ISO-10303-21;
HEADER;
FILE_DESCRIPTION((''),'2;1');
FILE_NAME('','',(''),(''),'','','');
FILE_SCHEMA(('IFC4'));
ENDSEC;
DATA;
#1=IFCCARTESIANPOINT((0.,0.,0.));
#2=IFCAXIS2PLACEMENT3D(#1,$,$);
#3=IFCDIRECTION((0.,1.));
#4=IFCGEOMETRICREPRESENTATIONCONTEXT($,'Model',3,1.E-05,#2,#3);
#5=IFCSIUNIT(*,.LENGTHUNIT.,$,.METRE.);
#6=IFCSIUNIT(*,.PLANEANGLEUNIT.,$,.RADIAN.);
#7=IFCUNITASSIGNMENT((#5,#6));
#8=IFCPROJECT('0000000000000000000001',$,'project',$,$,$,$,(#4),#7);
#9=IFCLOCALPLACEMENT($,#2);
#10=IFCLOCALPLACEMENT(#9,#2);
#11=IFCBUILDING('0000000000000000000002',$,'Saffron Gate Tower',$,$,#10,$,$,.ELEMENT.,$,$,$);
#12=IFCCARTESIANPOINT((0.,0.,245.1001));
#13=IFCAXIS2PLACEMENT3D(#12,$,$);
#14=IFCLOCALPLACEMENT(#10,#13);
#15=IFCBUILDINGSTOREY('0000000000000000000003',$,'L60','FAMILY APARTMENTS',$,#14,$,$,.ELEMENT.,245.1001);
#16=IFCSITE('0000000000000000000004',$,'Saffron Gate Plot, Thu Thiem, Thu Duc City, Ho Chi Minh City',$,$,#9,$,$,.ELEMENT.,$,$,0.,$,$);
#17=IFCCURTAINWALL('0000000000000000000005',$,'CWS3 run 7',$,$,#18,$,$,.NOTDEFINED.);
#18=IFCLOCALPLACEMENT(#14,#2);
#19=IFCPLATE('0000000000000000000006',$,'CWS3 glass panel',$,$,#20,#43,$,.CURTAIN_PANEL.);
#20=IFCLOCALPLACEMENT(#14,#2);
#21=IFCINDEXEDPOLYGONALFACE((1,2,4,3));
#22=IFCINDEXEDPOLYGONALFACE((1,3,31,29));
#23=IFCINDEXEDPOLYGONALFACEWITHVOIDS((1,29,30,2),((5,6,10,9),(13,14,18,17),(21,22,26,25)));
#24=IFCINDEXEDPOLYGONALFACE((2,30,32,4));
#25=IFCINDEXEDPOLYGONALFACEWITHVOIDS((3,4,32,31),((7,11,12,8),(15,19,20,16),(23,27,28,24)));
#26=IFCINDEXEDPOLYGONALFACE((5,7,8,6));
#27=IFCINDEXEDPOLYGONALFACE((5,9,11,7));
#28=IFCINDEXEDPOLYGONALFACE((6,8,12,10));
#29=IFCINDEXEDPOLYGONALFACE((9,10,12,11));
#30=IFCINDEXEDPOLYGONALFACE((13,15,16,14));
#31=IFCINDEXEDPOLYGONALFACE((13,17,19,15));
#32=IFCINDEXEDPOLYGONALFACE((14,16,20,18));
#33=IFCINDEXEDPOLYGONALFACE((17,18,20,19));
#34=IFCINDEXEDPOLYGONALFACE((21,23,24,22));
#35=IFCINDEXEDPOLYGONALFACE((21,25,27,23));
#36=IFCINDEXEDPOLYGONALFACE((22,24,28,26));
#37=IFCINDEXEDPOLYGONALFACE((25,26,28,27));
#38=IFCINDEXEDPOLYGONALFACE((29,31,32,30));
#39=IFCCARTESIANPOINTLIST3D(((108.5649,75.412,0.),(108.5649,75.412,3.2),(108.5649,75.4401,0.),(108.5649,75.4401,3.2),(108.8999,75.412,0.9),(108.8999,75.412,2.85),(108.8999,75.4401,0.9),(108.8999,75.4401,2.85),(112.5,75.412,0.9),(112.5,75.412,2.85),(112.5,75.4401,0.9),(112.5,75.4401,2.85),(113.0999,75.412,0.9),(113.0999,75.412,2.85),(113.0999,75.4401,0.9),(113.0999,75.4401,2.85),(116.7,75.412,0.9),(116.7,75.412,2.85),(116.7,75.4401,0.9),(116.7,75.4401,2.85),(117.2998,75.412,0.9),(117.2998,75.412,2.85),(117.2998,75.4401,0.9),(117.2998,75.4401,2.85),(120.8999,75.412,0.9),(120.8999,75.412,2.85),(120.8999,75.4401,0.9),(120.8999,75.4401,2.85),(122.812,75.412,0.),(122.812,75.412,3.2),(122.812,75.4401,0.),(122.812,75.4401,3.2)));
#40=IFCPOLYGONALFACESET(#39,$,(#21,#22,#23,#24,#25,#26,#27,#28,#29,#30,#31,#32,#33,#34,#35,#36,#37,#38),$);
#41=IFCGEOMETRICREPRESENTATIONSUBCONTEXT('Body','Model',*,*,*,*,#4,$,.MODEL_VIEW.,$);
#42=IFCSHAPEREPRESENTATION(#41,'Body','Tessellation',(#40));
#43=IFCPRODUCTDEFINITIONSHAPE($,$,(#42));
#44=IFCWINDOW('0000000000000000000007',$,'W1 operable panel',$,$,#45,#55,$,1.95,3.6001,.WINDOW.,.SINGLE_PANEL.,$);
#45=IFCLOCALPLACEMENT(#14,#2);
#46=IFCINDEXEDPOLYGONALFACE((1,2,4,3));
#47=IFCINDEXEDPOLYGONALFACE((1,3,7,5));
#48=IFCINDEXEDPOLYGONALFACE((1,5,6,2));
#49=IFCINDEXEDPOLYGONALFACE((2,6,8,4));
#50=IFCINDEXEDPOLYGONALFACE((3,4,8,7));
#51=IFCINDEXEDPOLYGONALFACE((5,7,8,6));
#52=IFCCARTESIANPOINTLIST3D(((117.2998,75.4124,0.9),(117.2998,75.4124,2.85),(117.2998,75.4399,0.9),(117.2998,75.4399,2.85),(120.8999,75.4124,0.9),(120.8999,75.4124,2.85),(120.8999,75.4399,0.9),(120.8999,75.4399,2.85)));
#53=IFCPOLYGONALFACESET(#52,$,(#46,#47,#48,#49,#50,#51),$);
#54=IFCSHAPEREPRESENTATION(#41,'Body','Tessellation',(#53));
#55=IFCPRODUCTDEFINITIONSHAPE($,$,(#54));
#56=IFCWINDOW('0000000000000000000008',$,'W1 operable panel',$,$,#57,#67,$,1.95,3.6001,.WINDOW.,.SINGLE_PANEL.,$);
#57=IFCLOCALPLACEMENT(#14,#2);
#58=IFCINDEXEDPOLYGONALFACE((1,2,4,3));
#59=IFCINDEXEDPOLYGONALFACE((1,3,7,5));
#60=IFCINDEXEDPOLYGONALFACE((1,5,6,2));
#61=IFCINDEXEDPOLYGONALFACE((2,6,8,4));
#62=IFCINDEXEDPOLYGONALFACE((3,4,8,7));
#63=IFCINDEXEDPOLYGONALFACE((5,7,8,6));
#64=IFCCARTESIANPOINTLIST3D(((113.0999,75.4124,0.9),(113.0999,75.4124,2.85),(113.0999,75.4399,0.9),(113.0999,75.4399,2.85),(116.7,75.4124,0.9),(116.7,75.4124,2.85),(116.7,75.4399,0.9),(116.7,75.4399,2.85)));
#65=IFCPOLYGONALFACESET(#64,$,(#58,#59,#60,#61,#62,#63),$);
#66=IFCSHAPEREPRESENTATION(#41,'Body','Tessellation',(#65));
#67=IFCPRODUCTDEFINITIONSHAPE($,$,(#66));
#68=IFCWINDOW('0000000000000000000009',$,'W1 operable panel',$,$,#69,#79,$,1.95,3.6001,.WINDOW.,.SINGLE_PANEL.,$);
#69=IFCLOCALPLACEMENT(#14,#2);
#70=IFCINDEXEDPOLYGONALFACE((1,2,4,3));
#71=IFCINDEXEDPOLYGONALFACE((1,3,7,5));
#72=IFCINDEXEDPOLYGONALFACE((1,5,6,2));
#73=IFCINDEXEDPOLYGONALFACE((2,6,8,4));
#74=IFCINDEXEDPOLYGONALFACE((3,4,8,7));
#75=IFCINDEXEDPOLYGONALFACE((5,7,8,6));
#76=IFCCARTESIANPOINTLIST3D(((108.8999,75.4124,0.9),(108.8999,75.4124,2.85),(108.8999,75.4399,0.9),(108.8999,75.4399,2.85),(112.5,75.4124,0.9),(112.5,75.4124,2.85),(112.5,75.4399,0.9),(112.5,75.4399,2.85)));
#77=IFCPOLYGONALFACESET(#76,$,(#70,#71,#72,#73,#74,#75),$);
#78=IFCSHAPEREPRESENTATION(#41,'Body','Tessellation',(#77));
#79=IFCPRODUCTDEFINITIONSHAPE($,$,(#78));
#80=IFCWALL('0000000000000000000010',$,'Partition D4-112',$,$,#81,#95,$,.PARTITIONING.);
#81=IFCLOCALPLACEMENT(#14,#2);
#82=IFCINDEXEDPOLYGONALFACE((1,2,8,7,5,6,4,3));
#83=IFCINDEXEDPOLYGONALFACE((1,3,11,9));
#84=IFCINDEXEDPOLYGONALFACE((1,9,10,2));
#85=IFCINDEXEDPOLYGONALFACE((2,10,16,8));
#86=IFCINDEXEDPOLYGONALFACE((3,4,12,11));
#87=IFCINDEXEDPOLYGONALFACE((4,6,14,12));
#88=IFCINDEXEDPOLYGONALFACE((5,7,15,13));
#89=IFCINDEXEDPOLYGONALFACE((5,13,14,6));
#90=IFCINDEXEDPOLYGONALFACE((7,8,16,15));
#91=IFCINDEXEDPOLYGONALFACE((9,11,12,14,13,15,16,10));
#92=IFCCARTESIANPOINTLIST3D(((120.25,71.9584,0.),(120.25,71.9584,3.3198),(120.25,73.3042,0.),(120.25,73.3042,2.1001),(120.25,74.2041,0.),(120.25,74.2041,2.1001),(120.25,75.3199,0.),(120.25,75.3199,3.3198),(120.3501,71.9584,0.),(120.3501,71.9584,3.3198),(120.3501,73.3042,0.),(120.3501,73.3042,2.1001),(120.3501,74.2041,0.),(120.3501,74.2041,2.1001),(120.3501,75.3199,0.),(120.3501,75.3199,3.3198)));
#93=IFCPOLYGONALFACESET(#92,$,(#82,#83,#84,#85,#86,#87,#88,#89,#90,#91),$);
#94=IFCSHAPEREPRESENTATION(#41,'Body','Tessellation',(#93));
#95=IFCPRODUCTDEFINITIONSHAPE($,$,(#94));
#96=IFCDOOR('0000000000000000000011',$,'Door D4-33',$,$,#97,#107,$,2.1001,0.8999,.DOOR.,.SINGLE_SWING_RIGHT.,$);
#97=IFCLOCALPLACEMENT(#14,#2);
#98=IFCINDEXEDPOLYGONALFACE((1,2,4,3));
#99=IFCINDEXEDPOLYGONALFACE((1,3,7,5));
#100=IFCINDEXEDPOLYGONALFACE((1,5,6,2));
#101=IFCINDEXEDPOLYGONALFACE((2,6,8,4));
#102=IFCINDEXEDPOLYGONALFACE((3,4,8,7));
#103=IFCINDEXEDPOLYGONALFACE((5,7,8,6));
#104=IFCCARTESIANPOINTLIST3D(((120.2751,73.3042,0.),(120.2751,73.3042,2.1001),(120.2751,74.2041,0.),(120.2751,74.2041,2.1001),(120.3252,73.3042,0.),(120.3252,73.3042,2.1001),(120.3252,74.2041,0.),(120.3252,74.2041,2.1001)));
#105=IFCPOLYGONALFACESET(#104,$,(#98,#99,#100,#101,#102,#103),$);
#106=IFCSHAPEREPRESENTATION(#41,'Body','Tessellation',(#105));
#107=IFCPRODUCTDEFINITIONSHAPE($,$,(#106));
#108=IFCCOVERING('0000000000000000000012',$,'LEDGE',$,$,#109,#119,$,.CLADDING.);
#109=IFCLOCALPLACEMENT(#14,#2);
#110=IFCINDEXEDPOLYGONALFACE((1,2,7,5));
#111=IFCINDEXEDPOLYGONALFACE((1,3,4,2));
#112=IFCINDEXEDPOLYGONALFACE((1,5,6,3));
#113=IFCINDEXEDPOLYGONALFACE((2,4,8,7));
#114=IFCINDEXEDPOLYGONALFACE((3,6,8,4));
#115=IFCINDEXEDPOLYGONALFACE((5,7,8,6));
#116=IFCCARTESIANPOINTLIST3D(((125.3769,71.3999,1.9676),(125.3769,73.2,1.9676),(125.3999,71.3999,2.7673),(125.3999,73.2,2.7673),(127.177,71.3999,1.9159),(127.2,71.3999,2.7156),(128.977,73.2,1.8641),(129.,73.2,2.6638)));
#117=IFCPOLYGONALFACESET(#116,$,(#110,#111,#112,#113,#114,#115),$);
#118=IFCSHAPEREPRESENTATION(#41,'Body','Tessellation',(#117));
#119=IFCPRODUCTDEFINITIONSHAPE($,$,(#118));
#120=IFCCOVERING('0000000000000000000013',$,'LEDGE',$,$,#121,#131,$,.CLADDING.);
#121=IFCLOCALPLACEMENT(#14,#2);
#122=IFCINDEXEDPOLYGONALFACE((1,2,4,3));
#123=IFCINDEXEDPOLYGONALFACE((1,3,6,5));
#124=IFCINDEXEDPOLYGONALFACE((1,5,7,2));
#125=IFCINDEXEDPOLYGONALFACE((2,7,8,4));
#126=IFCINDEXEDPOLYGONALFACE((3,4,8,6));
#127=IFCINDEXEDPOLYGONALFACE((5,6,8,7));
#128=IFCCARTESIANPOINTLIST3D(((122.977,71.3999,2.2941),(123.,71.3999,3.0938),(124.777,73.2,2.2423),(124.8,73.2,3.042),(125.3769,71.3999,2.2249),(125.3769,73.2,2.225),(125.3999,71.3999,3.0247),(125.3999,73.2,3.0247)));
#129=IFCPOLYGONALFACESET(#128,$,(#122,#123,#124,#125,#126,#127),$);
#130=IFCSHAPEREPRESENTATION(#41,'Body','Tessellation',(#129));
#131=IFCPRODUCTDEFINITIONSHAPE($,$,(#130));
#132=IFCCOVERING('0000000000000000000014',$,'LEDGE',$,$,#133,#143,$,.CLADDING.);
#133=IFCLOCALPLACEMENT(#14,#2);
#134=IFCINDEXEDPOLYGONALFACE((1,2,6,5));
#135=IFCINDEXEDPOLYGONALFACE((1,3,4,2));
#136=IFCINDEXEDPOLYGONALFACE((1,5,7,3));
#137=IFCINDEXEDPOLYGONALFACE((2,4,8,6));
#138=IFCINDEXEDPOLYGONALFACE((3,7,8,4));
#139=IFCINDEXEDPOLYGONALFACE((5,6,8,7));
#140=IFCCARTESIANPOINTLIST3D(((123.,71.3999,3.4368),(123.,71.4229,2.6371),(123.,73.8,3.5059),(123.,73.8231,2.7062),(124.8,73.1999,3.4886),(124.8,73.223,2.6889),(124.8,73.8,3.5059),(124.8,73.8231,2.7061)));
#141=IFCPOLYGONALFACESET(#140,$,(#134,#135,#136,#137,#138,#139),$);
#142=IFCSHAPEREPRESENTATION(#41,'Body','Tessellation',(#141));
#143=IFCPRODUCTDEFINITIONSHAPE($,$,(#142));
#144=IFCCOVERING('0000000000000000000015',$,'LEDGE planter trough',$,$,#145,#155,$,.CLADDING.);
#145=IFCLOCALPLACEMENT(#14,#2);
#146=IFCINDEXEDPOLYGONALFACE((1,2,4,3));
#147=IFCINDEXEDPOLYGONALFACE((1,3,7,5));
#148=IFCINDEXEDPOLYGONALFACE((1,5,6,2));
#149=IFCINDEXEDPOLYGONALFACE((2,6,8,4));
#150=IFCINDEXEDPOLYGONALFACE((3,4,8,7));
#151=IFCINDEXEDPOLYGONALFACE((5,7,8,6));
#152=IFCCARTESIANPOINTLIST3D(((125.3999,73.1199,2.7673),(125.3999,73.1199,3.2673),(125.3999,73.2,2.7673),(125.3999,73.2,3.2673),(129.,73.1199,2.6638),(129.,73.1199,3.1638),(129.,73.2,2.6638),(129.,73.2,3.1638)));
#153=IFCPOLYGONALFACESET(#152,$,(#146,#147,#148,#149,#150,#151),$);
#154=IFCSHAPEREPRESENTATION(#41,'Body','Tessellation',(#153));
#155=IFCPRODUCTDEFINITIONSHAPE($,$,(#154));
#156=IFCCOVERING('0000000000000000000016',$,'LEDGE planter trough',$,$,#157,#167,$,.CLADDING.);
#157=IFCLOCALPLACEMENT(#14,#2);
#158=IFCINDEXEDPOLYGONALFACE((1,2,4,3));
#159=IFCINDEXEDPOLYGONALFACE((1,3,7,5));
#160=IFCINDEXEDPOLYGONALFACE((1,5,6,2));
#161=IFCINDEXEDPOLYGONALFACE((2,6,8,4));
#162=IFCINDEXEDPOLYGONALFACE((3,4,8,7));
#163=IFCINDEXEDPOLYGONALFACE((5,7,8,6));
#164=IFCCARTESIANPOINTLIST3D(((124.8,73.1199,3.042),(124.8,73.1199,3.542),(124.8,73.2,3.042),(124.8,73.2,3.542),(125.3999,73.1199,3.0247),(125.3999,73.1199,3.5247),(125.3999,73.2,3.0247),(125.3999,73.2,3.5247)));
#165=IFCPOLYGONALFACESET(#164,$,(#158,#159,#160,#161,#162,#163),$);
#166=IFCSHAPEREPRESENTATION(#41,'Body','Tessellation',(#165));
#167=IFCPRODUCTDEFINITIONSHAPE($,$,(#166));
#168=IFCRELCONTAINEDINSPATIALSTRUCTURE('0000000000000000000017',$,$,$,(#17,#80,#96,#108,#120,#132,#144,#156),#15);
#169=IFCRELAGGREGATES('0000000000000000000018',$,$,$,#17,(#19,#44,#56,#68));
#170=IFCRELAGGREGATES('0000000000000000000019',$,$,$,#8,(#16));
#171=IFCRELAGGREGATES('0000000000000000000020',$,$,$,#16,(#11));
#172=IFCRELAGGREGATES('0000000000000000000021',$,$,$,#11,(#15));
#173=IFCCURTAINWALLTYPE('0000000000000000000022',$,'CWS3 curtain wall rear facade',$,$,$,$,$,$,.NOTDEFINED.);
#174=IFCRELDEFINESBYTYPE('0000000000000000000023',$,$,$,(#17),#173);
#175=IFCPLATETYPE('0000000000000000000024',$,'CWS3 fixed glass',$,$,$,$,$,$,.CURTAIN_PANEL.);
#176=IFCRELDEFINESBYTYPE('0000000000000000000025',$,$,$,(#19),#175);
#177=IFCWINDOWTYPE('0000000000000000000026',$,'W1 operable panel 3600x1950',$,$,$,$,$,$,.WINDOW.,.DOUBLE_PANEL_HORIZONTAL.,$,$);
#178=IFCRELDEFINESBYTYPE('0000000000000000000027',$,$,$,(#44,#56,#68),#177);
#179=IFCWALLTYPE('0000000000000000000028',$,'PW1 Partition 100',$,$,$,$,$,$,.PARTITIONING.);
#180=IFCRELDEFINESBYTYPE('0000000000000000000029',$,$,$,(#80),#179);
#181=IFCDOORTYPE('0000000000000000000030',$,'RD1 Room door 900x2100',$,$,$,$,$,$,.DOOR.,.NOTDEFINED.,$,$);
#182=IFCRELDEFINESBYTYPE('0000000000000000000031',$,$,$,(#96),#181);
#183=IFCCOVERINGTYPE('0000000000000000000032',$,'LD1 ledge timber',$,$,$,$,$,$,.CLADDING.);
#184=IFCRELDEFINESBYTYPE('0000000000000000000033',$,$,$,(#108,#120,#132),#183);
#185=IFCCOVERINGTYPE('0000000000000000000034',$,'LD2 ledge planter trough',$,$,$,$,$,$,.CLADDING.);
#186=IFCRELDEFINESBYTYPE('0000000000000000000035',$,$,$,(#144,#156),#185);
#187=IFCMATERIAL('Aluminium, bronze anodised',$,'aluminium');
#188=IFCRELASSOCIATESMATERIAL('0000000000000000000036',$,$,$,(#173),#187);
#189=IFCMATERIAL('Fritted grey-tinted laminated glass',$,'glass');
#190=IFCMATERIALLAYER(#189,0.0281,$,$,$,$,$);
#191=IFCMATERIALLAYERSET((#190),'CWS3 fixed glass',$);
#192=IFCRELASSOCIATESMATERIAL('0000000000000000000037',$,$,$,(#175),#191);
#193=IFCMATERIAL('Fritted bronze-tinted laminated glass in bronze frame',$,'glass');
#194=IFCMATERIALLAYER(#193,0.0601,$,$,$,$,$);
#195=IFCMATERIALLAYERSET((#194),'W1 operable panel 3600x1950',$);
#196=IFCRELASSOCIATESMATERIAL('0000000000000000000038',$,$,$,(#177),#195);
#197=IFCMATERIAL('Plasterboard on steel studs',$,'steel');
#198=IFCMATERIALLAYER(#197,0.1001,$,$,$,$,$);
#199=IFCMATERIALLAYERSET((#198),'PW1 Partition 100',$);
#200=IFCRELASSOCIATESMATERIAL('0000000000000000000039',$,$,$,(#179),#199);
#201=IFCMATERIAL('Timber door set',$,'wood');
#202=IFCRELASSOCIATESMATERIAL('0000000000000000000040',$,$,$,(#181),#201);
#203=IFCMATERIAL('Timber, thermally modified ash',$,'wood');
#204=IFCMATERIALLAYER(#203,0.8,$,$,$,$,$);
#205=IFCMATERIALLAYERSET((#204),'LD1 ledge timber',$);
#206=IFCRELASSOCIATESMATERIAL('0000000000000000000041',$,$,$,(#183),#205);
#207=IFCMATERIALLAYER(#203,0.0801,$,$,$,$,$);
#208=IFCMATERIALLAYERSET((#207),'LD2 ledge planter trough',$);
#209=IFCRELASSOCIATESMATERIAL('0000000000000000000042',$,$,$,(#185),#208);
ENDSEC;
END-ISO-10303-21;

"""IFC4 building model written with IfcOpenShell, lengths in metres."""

from ifc_helpers import new_model, si_unit, direction, frame, frame_2d, origin, place, context, subcontext, project, spatial, polyline, rectangle, outline, extrude, material, layer, layer_set, type_object, element, fill, aggregate, save


model = new_model("IFC4")

# Units and contexts
model_context = context("Model", 3, precision=1e-05, world=origin(), true_north=direction((0.0, 1.0)))
body_context = subcontext(model_context, "Body", "Model", "MODEL_VIEW")
ifc_project = project(units=[si_unit("LENGTHUNIT", "METRE"), si_unit("PLANEANGLEUNIT", "RADIAN")], contexts=[model_context])

# Site, building, storey
site_placement = place(None, origin())
site = spatial("IfcSite", under=ifc_project, at=site_placement, Name="Saffron Gate Plot, Thu Thiem, Thu Duc City, Ho Chi Minh City", CompositionType="ELEMENT", RefElevation=0.0)
building_placement = place(site_placement, origin())
building = spatial("IfcBuilding", under=site, at=building_placement, Name="Saffron Gate Tower", CompositionType="ELEMENT")
storey_placement = place(building_placement, frame((0.0, 0.0, 245.1001)))
storey = spatial("IfcBuildingStorey", under=building, at=storey_placement, Name="L60", Description="FAMILY APARTMENTS", CompositionType="ELEMENT", Elevation=245.1001)

# Curtain wall
ifc_material_1 = material(Name="Aluminium, bronze anodised", Category="aluminium")
curtain_wall_type_1 = type_object("IfcCurtainWallType", Name="CWS3 curtain wall rear facade", PredefinedType="NOTDEFINED", material=ifc_material_1)
curtain_wall_1_placement = place(storey_placement, origin())
curtain_wall_1 = element("IfcCurtainWall", 1, at=curtain_wall_1_placement, inside=storey, type_object=curtain_wall_type_1, Name="CWS3 run 7", PredefinedType="NOTDEFINED")

# Plate, openings, windows
ifc_material_2 = material(Name="Fritted grey-tinted laminated glass", Category="glass")
ifc_layer_1 = layer(ifc_material_2, 0.0281)
ifc_layer_set_1 = layer_set([ifc_layer_1], Name="CWS3 fixed glass")
plate_type = type_object("IfcPlateType", Name="CWS3 fixed glass", PredefinedType="CURTAIN_PANEL", material=ifc_layer_set_1)
plate_placement = place(storey_placement, frame((122.812, 75.426, 0.0), z_axis=(0.0, 0.0, 1.0), x_axis=(-1.0, 0.0, 0.0)))
plate = element("IfcPlate", 2, at=plate_placement, type_object=plate_type, Name="CWS3 glass panel", PredefinedType="CURTAIN_PANEL", context=body_context, shape_type="SweptSolid", body=[
    extrude(rectangle(XDim=14.2471, YDim=0.0281, at=frame_2d((7.1235, 0.0))), origin(), (0.0, 0.0, 1.0), 3.2),
])
opening_1_placement = place(plate_placement, frame((1.9121, 0.0, 0.8999)))
opening_1 = element("IfcOpeningElement", 3, at=opening_1_placement, cuts=plate, PredefinedType="OPENING", context=body_context, shape_type="SweptSolid", body=[
    extrude(rectangle(XDim=3.6001, YDim=1.95, at=frame_2d((1.8, 0.9751))), frame((0.0, 0.0239, 0.0), z_axis=(0.0, -1.0, 0.0), x_axis=(1.0, 0.0, 0.0)), (0.0, 0.0, 1.0), 0.0481),
])
opening_2_placement = place(plate_placement, frame((6.1121, 0.0, 0.8999)))
opening_2 = element("IfcOpeningElement", 4, at=opening_2_placement, cuts=plate, PredefinedType="OPENING", context=body_context, shape_type="SweptSolid", body=[
    extrude(rectangle(XDim=3.6001, YDim=1.95, at=frame_2d((1.8, 0.9751))), frame((0.0, 0.0239, 0.0), z_axis=(0.0, -1.0, 0.0), x_axis=(1.0, 0.0, 0.0)), (0.0, 0.0, 1.0), 0.0481),
])
opening_3_placement = place(plate_placement, frame((10.312, 0.0, 0.8999)))
opening_3 = element("IfcOpeningElement", 5, at=opening_3_placement, cuts=plate, PredefinedType="OPENING", context=body_context, shape_type="SweptSolid", body=[
    extrude(rectangle(XDim=3.6001, YDim=1.95, at=frame_2d((1.8, 0.9751))), frame((0.0, 0.0239, 0.0), z_axis=(0.0, -1.0, 0.0), x_axis=(1.0, 0.0, 0.0)), (0.0, 0.0, 1.0), 0.0481),
])
ifc_material_3 = material(Name="Fritted bronze-tinted laminated glass in bronze frame", Category="glass")
ifc_layer_2 = layer(ifc_material_3, 0.0601)
ifc_layer_set_2 = layer_set([ifc_layer_2], Name="W1 operable panel 3600x1950")
window_type = type_object("IfcWindowType", Name="W1 operable panel 3600x1950", PartitioningType="DOUBLE_PANEL_HORIZONTAL", PredefinedType="WINDOW", material=ifc_layer_set_2)
window_1_placement = place(opening_1_placement, origin())
window_1 = element("IfcWindow", 6, at=window_1_placement, type_object=window_type, Name="W1 operable panel", OverallHeight=1.95, OverallWidth=3.6001, PartitioningType="SINGLE_PANEL", PredefinedType="WINDOW", context=body_context, shape_type="SweptSolid", body=[
    extrude(rectangle(XDim=3.6001, YDim=1.95, at=frame_2d((1.8, 0.9751))), frame((0.0, 0.0137, 0.0), z_axis=(0.0, -1.0, 0.0), x_axis=(1.0, 0.0, 0.0)), (0.0, 0.0, 1.0), 0.0276),
])
fill(opening_1, window_1)
window_2_placement = place(opening_2_placement, origin())
window_2 = element("IfcWindow", 7, at=window_2_placement, type_object=window_type, Name="W1 operable panel", OverallHeight=1.95, OverallWidth=3.6001, PartitioningType="SINGLE_PANEL", PredefinedType="WINDOW", context=body_context, shape_type="SweptSolid", body=[
    extrude(rectangle(XDim=3.6001, YDim=1.95, at=frame_2d((1.8, 0.9751))), frame((0.0, 0.0137, 0.0), z_axis=(0.0, -1.0, 0.0), x_axis=(1.0, 0.0, 0.0)), (0.0, 0.0, 1.0), 0.0276),
])
fill(opening_2, window_2)
window_3_placement = place(opening_3_placement, origin())
window_3 = element("IfcWindow", 8, at=window_3_placement, type_object=window_type, Name="W1 operable panel", OverallHeight=1.95, OverallWidth=3.6001, PartitioningType="SINGLE_PANEL", PredefinedType="WINDOW", context=body_context, shape_type="SweptSolid", body=[
    extrude(rectangle(XDim=3.6001, YDim=1.95, at=frame_2d((1.8, 0.9751))), frame((0.0, 0.0137, 0.0), z_axis=(0.0, -1.0, 0.0), x_axis=(1.0, 0.0, 0.0)), (0.0, 0.0, 1.0), 0.0276),
])
fill(opening_3, window_3)
aggregate(curtain_wall_1, [plate, window_1, window_2, window_3])

# Wall, opening, door
ifc_material_4 = material(Name="Plasterboard on steel studs", Category="steel")
ifc_layer_3 = layer(ifc_material_4, 0.1001)
ifc_layer_set_3 = layer_set([ifc_layer_3], Name="PW1 Partition 100")
wall_type = type_object("IfcWallType", Name="PW1 Partition 100", PredefinedType="PARTITIONING", material=ifc_layer_set_3)
wall_placement = place(storey_placement, frame((120.3, 71.9585, 0.0), z_axis=(0.0, 0.0, 1.0), x_axis=(0.0, 1.0, 0.0)))
wall = element("IfcWall", 9, at=wall_placement, inside=storey, type_object=wall_type, Name="Partition D4-112", PredefinedType="PARTITIONING", context=body_context, shape_type="SweptSolid", body=[
    extrude(rectangle(XDim=3.3616, YDim=0.1001, at=frame_2d((1.6807, 0.0))), origin(), (0.0, 0.0, 1.0), 3.3198),
])
opening_4_placement = place(wall_placement, frame((1.3457, 0.0, 0.0)))
opening_4 = element("IfcOpeningElement", 10, at=opening_4_placement, cuts=wall, PredefinedType="OPENING", context=body_context, shape_type="SweptSolid", body=[
    extrude(rectangle(XDim=0.8999, YDim=2.1001, at=frame_2d((0.45, 1.05))), frame((0.0, 0.0601, 0.0), z_axis=(0.0, -1.0, 0.0), x_axis=(1.0, 0.0, 0.0)), (0.0, 0.0, 1.0), 0.1201),
])
ifc_material_5 = material(Name="Timber door set", Category="wood")
door_type = type_object("IfcDoorType", Name="RD1 Room door 900x2100", OperationType="NOTDEFINED", PredefinedType="DOOR", material=ifc_material_5)
door_placement = place(opening_4_placement, origin())
door = element("IfcDoor", 11, at=door_placement, inside=storey, type_object=door_type, Name="Door D4-33", OperationType="SINGLE_SWING_RIGHT", OverallHeight=2.1001, OverallWidth=0.8999, PredefinedType="DOOR", context=body_context, shape_type="SweptSolid", body=[
    extrude(rectangle(XDim=0.8999, YDim=2.1001, at=frame_2d((0.45, 1.05))), frame((0.0, 0.0249, 0.0), z_axis=(0.0, -1.0, 0.0), x_axis=(1.0, 0.0, 0.0)), (0.0, 0.0, 1.0), 0.05),
])
fill(opening_4, door)

# Coverings
ifc_material_6 = material(Name="Timber, thermally modified ash", Category="wood")
ifc_layer_4 = layer(ifc_material_6, 0.8)
ifc_layer_set_4 = layer_set([ifc_layer_4], Name="LD1 ledge timber")
covering_type_1 = type_object("IfcCoveringType", Name="LD1 ledge timber", PredefinedType="CLADDING", material=ifc_layer_set_4)
covering_1_placement = place(storey_placement, frame((127.2, 71.3999, 2.7156), z_axis=(0.028742, 0.0, 0.999587), x_axis=(-0.999587, 0.0, 0.028742)))
element("IfcCovering", 12, at=covering_1_placement, inside=storey, type_object=covering_type_1, Name="LEDGE", PredefinedType="CLADDING", context=body_context, shape_type="SweptSolid", body=[
    extrude(outline(polyline([(0.0, 0.0), (1.8008, 0.0), (1.8008, -1.8), (-1.8008, -1.8), (0.0, 0.0)])), origin(), (0.0, 0.0, -1.0), 0.8),
])
covering_2_placement = place(storey_placement, frame((125.3999, 71.3999, 3.0247), z_axis=(0.028799, -0.000029, 0.999585), x_axis=(-0.999585, 0.0, 0.028799)))
element("IfcCovering", 13, at=covering_2_placement, inside=storey, type_object=covering_type_1, Name="LEDGE", PredefinedType="CLADDING", context=body_context, shape_type="SweptSolid", body=[
    extrude(outline(polyline([(0.0, 0.0), (2.4009, 0.0), (0.6001, -1.8), (0.0, -1.8), (0.0, 0.0)])), origin(), (0.0, 0.0, -1.0), 0.8),
])
covering_3_placement = place(storey_placement, frame((123.0, 71.3999, 3.4368), z_axis=(0.000026, -0.028794, 0.999585), x_axis=(0.0, 0.999585, 0.028794)))
element("IfcCovering", 14, at=covering_3_placement, inside=storey, type_object=covering_type_1, Name="LEDGE", PredefinedType="CLADDING", context=body_context, shape_type="SweptSolid", body=[
    extrude(outline(polyline([(0.0, 0.0), (2.4011, 0.0), (2.4011, -1.8), (1.8008, -1.8), (0.0, 0.0)])), origin(), (0.0, 0.0, -1.0), 0.8),
])
ifc_layer_5 = layer(ifc_material_6, 0.0801)
ifc_layer_set_5 = layer_set([ifc_layer_5], Name="LD2 ledge planter trough")
covering_type_2 = type_object("IfcCoveringType", Name="LD2 ledge planter trough", PredefinedType="CLADDING", material=ifc_layer_set_5)
covering_4_placement = place(storey_placement, frame((129.0, 73.2, 2.6638), z_axis=(0.0, 1.0, 0.0), x_axis=(-0.999587, 0.0, 0.028742)))
element("IfcCovering", 15, at=covering_4_placement, inside=storey, type_object=covering_type_2, Name="LEDGE planter trough", PredefinedType="CLADDING", context=body_context, shape_type="SweptSolid", body=[
    extrude(outline(polyline([(0.0, 0.0), (3.6016, 0.0), (3.616, 0.4998), (0.0144, 0.4998), (0.0, 0.0)])), origin(), (0.0, 0.0, -1.0), 0.0801),
])
covering_5_placement = place(storey_placement, frame((125.3999, 73.2, 3.0247), z_axis=(0.0, 1.0, 0.0), x_axis=(-0.999583, 0.0, 0.028885)))
element("IfcCovering", 16, at=covering_5_placement, inside=storey, type_object=covering_type_2, Name="LEDGE planter trough", PredefinedType="CLADDING", context=body_context, shape_type="SweptSolid", body=[
    extrude(outline(polyline([(0.0, 0.0), (0.6001, 0.0), (0.6145, 0.4998), (0.0144, 0.4998), (0.0, 0.0)])), origin(), (0.0, 0.0, -1.0), 0.0801),
])

save(model, "model.ifc")
